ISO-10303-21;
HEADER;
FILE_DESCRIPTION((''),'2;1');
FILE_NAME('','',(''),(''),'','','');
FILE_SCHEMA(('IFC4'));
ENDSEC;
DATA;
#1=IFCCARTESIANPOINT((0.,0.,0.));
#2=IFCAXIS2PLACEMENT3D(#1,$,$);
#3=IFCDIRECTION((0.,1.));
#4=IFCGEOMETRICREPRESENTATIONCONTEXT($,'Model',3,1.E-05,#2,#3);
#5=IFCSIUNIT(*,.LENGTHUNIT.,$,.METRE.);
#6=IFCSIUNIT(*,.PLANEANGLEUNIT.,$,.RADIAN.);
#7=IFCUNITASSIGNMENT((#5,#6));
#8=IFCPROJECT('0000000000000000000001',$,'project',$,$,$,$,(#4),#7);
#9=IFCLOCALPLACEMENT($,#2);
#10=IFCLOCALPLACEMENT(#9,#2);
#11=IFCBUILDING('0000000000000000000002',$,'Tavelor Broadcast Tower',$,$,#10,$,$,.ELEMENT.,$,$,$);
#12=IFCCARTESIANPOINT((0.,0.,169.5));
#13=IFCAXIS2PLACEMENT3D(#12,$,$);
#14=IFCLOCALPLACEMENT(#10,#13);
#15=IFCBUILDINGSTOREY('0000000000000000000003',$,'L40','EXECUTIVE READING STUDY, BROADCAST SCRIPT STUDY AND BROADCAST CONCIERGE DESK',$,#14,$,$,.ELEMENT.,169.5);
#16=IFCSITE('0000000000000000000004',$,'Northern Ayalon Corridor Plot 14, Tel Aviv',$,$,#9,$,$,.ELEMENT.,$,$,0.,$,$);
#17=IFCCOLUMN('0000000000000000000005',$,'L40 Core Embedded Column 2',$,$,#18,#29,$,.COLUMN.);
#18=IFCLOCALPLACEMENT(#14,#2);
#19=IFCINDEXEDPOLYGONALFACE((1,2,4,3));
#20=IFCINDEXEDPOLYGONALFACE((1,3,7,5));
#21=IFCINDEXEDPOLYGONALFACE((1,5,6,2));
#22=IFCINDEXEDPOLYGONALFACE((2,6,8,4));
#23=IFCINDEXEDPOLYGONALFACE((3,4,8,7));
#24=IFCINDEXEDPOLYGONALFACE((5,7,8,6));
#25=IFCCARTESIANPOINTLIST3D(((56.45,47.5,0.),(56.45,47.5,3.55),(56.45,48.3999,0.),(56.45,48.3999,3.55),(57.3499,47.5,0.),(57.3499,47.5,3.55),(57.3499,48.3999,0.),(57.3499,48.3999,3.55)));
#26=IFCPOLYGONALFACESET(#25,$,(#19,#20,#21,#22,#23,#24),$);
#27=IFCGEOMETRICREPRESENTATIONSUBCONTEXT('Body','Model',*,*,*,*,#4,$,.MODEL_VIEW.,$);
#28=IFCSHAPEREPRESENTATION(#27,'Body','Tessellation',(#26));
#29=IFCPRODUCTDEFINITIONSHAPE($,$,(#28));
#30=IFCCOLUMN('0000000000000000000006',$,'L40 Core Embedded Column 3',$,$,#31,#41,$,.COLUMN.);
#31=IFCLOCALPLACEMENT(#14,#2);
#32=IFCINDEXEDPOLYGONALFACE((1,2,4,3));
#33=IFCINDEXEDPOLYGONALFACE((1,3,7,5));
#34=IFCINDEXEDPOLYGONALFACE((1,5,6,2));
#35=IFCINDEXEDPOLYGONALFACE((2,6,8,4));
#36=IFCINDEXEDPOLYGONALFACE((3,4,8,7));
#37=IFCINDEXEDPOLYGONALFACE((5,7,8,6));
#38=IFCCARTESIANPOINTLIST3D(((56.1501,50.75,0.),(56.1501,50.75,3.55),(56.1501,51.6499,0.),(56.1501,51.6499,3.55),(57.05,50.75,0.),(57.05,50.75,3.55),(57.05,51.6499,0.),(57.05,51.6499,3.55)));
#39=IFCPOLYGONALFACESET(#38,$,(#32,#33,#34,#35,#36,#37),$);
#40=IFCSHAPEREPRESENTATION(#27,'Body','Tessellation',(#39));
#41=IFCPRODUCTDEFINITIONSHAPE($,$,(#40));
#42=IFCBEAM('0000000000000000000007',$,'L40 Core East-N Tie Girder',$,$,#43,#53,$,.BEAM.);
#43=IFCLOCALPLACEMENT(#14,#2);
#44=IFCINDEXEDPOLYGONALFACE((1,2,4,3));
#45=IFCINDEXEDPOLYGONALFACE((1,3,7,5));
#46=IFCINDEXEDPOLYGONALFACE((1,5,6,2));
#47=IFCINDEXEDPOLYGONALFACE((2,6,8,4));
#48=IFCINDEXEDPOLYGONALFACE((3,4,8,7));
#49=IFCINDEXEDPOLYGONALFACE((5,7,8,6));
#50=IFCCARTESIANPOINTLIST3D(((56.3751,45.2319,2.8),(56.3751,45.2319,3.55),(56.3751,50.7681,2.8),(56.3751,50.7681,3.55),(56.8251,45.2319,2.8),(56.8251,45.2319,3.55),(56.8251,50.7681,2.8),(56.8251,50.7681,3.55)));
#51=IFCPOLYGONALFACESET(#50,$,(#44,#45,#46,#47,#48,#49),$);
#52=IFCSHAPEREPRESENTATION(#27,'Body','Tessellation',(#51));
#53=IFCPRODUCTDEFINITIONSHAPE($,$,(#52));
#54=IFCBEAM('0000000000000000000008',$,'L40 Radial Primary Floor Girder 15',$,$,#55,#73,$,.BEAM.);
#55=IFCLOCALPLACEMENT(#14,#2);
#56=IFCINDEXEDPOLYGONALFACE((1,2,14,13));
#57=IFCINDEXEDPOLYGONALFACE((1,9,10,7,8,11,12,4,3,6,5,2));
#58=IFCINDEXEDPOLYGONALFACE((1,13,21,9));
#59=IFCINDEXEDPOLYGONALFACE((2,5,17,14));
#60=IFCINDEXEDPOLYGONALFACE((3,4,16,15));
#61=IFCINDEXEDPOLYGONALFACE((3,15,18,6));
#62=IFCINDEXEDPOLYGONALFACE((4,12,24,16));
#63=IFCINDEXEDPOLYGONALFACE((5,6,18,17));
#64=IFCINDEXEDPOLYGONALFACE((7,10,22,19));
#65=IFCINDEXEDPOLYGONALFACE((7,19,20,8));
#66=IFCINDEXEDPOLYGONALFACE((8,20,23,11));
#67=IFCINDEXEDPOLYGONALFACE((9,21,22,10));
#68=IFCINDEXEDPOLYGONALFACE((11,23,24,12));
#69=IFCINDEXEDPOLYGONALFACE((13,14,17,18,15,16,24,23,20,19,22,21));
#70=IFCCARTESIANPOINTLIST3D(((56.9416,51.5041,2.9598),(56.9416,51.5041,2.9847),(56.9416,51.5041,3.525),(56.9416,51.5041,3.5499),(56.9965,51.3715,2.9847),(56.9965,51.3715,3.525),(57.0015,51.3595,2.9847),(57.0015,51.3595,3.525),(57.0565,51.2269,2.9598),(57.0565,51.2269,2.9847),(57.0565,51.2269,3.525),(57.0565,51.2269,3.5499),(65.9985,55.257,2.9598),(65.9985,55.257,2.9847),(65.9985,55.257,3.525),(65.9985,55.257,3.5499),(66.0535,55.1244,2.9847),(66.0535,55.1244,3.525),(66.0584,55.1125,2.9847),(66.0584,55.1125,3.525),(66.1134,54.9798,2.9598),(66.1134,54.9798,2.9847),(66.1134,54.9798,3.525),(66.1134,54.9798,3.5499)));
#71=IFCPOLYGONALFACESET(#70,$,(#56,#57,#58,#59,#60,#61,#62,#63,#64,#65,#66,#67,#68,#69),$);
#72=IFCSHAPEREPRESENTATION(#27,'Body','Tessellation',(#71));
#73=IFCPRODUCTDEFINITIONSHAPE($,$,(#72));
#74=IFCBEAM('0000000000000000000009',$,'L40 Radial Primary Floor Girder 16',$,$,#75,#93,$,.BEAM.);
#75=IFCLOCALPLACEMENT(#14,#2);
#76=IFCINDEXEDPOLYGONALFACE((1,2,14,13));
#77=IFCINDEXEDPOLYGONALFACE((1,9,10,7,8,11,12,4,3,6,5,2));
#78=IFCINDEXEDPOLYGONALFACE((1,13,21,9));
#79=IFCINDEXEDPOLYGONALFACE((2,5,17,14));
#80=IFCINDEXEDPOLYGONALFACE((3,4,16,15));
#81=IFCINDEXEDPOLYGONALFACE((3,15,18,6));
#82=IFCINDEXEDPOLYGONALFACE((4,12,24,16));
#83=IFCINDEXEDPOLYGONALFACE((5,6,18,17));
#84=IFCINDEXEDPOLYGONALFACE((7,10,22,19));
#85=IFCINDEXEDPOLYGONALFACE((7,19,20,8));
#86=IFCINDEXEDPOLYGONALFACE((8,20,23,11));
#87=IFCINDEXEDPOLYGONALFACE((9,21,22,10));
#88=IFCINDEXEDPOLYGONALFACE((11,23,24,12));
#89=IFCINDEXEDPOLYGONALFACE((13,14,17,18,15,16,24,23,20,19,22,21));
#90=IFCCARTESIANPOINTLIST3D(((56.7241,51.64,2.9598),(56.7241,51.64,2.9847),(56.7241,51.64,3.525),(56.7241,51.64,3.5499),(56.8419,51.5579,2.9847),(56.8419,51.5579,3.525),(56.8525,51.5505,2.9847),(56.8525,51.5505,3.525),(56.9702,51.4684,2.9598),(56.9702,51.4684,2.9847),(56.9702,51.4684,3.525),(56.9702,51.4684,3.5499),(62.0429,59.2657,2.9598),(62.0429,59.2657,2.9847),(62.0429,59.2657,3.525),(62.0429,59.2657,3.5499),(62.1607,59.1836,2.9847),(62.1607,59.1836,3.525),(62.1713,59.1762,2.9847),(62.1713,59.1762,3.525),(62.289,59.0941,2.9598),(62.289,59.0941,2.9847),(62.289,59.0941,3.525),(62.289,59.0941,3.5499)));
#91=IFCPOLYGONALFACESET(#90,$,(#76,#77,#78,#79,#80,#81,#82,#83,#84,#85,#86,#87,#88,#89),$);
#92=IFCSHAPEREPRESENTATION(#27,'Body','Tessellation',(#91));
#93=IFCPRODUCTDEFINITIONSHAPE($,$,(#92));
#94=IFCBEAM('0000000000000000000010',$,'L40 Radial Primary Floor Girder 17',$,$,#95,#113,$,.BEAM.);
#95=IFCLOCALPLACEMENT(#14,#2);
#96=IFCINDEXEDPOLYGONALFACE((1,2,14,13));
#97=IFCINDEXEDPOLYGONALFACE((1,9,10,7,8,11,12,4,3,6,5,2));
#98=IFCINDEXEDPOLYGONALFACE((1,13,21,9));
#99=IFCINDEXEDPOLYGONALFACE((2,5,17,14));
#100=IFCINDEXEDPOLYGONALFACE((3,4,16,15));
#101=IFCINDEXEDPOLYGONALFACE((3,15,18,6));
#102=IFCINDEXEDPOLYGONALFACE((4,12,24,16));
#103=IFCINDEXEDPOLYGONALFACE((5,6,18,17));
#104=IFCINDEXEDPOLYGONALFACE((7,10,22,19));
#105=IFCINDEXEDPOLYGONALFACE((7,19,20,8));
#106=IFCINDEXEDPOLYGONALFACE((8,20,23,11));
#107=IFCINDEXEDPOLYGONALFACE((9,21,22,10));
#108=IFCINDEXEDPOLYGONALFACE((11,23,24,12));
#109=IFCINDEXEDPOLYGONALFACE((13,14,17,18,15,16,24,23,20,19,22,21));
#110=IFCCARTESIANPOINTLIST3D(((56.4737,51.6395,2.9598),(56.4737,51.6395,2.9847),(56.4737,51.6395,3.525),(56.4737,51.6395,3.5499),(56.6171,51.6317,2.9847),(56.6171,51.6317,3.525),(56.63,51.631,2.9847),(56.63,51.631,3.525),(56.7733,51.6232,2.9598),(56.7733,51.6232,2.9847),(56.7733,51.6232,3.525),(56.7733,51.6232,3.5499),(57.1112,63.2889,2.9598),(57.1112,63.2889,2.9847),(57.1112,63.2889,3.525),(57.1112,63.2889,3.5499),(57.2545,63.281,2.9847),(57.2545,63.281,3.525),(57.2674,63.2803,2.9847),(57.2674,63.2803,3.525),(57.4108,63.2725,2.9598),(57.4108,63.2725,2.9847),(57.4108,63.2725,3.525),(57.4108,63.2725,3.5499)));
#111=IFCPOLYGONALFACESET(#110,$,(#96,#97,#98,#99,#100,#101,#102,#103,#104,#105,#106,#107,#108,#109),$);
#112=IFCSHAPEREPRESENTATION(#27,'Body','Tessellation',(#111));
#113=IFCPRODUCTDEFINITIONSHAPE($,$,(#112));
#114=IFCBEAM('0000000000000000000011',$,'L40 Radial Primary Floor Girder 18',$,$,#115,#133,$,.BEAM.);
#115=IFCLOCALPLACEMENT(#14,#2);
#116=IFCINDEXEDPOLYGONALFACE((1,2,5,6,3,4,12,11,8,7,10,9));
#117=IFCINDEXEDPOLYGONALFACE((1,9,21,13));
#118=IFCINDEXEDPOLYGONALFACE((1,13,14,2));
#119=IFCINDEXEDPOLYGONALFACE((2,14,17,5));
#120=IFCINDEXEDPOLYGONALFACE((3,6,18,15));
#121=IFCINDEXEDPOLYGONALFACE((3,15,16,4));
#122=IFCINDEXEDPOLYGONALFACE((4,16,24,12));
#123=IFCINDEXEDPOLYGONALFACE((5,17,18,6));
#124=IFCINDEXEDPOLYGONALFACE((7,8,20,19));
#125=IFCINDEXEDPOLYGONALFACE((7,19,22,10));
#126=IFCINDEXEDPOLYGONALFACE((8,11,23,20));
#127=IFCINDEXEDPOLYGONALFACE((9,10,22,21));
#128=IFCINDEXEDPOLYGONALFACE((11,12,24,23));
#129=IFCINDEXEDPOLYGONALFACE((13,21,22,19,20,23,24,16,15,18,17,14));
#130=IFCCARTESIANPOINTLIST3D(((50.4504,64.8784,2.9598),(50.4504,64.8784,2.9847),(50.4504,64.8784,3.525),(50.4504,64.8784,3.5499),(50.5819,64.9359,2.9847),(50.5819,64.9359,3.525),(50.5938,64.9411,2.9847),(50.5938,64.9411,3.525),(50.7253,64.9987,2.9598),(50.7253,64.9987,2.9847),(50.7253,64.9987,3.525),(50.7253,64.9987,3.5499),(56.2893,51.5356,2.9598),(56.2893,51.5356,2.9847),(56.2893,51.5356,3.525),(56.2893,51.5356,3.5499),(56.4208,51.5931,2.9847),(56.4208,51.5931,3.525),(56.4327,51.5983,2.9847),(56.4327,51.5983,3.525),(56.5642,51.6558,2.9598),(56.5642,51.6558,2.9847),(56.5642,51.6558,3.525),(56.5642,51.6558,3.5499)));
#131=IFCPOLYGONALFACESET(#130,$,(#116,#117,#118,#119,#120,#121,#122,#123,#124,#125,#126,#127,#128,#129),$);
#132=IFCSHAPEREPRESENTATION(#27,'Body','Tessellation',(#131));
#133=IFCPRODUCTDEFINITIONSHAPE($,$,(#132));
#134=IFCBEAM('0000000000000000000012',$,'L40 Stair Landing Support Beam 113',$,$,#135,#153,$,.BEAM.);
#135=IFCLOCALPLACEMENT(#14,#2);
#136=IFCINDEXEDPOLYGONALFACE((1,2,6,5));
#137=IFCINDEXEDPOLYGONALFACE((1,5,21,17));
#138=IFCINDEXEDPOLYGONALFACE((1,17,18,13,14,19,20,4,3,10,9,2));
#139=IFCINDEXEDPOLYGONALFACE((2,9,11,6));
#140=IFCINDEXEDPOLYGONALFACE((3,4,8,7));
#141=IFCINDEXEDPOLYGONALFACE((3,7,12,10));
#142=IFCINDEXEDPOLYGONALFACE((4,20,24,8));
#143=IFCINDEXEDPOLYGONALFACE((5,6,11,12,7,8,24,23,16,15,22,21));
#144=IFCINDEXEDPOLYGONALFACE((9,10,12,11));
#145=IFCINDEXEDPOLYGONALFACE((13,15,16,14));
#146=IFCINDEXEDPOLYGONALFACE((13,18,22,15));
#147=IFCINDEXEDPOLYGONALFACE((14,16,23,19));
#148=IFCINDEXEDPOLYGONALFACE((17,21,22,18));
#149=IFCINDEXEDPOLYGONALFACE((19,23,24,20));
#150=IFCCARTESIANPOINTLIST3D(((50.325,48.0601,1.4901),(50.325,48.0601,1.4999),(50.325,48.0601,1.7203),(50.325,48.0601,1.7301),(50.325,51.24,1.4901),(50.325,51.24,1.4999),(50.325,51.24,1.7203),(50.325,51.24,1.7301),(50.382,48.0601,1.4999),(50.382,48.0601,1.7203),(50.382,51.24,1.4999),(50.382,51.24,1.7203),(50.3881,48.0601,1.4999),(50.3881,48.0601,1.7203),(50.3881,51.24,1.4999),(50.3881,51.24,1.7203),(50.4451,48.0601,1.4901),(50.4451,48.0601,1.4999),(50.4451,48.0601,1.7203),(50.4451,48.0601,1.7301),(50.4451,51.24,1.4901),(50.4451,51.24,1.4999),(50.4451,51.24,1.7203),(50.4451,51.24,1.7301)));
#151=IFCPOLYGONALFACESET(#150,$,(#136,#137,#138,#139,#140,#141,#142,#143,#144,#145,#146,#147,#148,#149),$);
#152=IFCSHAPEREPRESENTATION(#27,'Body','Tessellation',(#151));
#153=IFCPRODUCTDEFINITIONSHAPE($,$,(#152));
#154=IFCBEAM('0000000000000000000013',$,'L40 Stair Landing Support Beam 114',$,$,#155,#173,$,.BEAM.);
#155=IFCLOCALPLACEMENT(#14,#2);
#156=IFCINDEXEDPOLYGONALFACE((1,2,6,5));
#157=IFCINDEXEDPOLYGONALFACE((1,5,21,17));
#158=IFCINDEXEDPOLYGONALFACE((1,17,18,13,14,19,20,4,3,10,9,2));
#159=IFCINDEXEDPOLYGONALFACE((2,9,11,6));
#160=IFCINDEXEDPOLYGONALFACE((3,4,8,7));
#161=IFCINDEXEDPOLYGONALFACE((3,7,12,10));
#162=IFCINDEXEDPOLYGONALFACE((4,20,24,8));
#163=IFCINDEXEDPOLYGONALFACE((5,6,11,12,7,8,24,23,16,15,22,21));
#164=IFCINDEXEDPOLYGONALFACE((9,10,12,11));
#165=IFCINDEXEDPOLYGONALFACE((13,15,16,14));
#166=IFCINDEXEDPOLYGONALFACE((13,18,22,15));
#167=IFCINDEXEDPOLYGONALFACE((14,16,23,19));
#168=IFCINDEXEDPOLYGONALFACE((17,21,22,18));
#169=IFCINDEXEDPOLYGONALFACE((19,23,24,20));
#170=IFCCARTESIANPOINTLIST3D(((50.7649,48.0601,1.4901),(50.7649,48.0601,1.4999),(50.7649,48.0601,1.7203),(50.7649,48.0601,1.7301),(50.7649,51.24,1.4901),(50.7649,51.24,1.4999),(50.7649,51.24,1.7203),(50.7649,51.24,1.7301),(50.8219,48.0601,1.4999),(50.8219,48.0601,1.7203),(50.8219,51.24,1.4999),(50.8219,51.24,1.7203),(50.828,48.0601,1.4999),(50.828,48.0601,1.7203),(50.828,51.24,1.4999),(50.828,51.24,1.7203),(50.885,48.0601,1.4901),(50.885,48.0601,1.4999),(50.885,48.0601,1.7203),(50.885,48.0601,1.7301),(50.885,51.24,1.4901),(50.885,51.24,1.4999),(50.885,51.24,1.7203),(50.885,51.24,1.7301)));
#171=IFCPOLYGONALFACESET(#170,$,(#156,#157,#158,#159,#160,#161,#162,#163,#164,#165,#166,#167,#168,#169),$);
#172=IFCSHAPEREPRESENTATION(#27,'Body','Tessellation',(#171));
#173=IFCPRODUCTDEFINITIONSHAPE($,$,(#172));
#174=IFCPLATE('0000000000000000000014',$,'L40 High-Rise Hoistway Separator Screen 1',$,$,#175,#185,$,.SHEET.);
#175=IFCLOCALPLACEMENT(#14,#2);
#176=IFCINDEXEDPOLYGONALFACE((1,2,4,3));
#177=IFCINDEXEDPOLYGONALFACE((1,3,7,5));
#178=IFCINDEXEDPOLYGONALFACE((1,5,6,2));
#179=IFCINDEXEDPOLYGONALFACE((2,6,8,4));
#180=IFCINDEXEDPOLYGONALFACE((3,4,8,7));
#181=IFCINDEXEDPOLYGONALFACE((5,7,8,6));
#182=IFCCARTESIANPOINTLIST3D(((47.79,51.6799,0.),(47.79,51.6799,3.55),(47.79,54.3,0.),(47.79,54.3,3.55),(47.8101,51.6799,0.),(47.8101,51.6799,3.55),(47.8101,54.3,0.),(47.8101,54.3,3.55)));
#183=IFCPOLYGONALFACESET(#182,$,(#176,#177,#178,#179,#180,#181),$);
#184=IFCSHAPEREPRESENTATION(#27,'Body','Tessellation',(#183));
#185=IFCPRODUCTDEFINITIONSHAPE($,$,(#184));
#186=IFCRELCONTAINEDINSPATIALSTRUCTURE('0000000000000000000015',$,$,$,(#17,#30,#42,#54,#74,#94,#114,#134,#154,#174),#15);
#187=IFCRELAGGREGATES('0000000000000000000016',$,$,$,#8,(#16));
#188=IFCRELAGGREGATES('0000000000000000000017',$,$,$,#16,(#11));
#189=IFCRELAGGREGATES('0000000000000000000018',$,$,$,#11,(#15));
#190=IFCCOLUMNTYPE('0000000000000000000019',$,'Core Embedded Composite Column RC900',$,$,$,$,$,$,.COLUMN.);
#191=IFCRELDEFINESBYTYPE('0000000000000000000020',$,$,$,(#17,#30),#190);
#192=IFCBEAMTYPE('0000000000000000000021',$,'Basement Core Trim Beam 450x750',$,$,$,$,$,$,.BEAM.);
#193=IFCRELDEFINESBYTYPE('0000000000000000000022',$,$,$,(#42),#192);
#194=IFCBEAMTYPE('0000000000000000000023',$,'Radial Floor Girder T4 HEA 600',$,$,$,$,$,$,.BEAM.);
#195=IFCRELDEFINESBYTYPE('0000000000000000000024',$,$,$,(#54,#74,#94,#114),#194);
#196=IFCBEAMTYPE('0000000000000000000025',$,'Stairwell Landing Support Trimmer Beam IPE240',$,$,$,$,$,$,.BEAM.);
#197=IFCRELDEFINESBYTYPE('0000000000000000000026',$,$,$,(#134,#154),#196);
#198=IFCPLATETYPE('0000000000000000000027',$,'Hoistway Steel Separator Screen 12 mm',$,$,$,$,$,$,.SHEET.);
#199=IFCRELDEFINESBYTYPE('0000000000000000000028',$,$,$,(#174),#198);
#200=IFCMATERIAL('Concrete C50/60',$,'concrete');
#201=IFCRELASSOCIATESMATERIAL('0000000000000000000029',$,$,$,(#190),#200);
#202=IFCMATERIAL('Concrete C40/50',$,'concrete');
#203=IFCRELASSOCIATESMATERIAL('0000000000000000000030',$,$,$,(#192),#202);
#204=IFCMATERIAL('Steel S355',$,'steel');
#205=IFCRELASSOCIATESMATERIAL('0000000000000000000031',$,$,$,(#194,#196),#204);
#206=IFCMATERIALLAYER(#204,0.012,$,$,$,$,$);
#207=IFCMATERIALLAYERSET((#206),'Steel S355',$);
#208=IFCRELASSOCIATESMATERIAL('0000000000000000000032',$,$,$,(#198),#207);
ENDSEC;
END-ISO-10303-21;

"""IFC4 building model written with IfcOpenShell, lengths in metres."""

from ifc_helpers import new_model, si_unit, direction, frame, origin, origin_2d, place, context, subcontext, project, spatial, rectangle, i_section, extrude, source, transform, mapped, material, layer, layer_set, material_profile, profile_set, type_object, type_shapes, element, save


model = new_model("IFC4")

# Units and contexts
model_context = context("Model", 3, precision=1e-05, world=origin(), true_north=direction((0.0, 1.0)))
body_context = subcontext(model_context, "Body", "Model", "MODEL_VIEW")
ifc_project = project(units=[si_unit("LENGTHUNIT", "METRE"), si_unit("PLANEANGLEUNIT", "RADIAN")], contexts=[model_context])

# Site, building, storey
site_placement = place(None, origin())
site = spatial("IfcSite", under=ifc_project, at=site_placement, Name="Northern Ayalon Corridor Plot 14, Tel Aviv", CompositionType="ELEMENT", RefElevation=0.0)
building_placement = place(site_placement, origin())
building = spatial("IfcBuilding", under=site, at=building_placement, Name="Tavelor Broadcast Tower", CompositionType="ELEMENT")
storey_placement = place(building_placement, frame((0.0, 0.0, 169.5)))
storey = spatial("IfcBuildingStorey", under=building, at=storey_placement, Name="L40", Description="EXECUTIVE READING STUDY, BROADCAST SCRIPT STUDY AND BROADCAST CONCIERGE DESK", CompositionType="ELEMENT", Elevation=169.5)

# Columns
ifc_material_1 = material(Name="Concrete C50/60", Category="concrete")
ifc_material_profile_1 = material_profile(ifc_material_1, rectangle(XDim=0.8999, YDim=0.8999, at=origin_2d()), Name="RC 900x900")
ifc_profile_set_1 = profile_set([ifc_material_profile_1], Name="Concrete C50/60")
column_type = type_object("IfcColumnType", Name="Core Embedded Composite Column RC900", PredefinedType="COLUMN", material=ifc_profile_set_1)
for number, where, z_axis, x_axis, name in (
    (1, (56.8999, 47.95, 0.0), (0.0, 0.0, 1.0), (1.0, 0.0, 0.0), "L40 Core Embedded Column 2"),
    (2, (56.6001, 51.2, 0.0), (0.0, 0.0, 1.0), (1.0, 0.0, 0.0), "L40 Core Embedded Column 3"),
):
    element("IfcColumn", number, at=place(storey_placement, frame(where, z_axis=z_axis, x_axis=x_axis)), inside=storey, type_object=column_type, Name=name, PredefinedType="COLUMN", context=body_context, shape_type="SweptSolid", body=[
        extrude(rectangle(XDim=0.8999, YDim=0.8999, at=origin_2d()), origin(), (0.0, 0.0, 1.0), 3.55),
    ])

# Beams
ifc_material_2 = material(Name="Concrete C40/50", Category="concrete")
ifc_material_profile_2 = material_profile(ifc_material_2, rectangle(XDim=0.45, YDim=0.75, at=origin_2d()), Name="RC 450x750")
ifc_profile_set_2 = profile_set([ifc_material_profile_2], Name="Concrete C40/50")
beam_type_1 = type_object("IfcBeamType", Name="Basement Core Trim Beam 450x750", PredefinedType="BEAM", material=ifc_profile_set_2)
beam_1_placement = place(storey_placement, frame((56.6001, 45.2319, 3.175), z_axis=(0.0, 1.0, 0.0), x_axis=(-1.0, 0.0, 0.0)))
element("IfcBeam", 3, at=beam_1_placement, inside=storey, type_object=beam_type_1, Name="L40 Core East-N Tie Girder", PredefinedType="BEAM", context=body_context, shape_type="SweptSolid", body=[
    extrude(rectangle(XDim=0.45, YDim=0.75, at=origin_2d()), origin(), (0.0, 0.0, 1.0), 5.5361),
])
ifc_material_3 = material(Name="Steel S355", Category="steel")
ifc_material_profile_3 = material_profile(ifc_material_3, i_section(OverallWidth=0.3, OverallDepth=0.5901, WebThickness=0.0129, FlangeThickness=0.0249, at=origin_2d()), Name="HEA 600")
ifc_profile_set_3 = profile_set([ifc_material_profile_3], Name="Steel S355")
beam_type_2 = type_object("IfcBeamType", Name="Radial Floor Girder T4 HEA 600", PredefinedType="BEAM", material=ifc_profile_set_3)
beam_2_placement = place(storey_placement, frame((56.999, 51.3655, 3.2549), z_axis=(0.923827, 0.382809, 0.0), x_axis=(-0.382809, 0.923827, 0.0)))
element("IfcBeam", 4, at=beam_2_placement, inside=storey, type_object=beam_type_2, Name="L40 Radial Primary Floor Girder 15", PredefinedType="BEAM", context=body_context, shape_type="SweptSolid", body=[
    extrude(i_section(OverallWidth=0.3, OverallDepth=0.5901, WebThickness=0.0129, FlangeThickness=0.0249, at=origin_2d()), origin(), (0.0, 0.0, 1.0), 9.8037),
])
beam_3_placement = place(storey_placement, frame((56.8472, 51.5542, 3.2549), z_axis=(0.572078, 0.820199, 0.0), x_axis=(-0.820199, 0.572078, 0.0)))
element("IfcBeam", 5, at=beam_3_placement, inside=storey, type_object=beam_type_2, Name="L40 Radial Primary Floor Girder 16", PredefinedType="BEAM", context=body_context, shape_type="SweptSolid", body=[
    extrude(i_section(OverallWidth=0.3, OverallDepth=0.5901, WebThickness=0.0129, FlangeThickness=0.0249, at=origin_2d()), origin(), (0.0, 0.0, 1.0), 9.2974),
])
beam_4_placement = place(storey_placement, frame((56.6235, 51.6313, 3.2549), z_axis=(0.054638, 0.998506, 0.0), x_axis=(-0.998506, 0.054638, 0.0)))
element("IfcBeam", 6, at=beam_4_placement, inside=storey, type_object=beam_type_2, Name="L40 Radial Primary Floor Girder 17", PredefinedType="BEAM", context=body_context, shape_type="SweptSolid", body=[
    extrude(i_section(OverallWidth=0.3, OverallDepth=0.5901, WebThickness=0.0129, FlangeThickness=0.0249, at=origin_2d()), origin(), (0.0, 0.0, 1.0), 11.6667),
])
beam_5_placement = place(storey_placement, frame((56.4268, 51.5957, 3.2549), z_axis=(-0.4009, 0.916122, 0.0), x_axis=(-0.916122, -0.4009, 0.0)))
element("IfcBeam", 7, at=beam_5_placement, inside=storey, type_object=beam_type_2, Name="L40 Radial Primary Floor Girder 18", PredefinedType="BEAM", context=body_context, shape_type="SweptSolid", body=[
    extrude(i_section(OverallWidth=0.3, OverallDepth=0.5901, WebThickness=0.0129, FlangeThickness=0.0249, at=origin_2d()), origin(), (0.0, 0.0, 1.0), 14.5645),
])
ifc_material_profile_4 = material_profile(ifc_material_3, i_section(OverallWidth=0.1201, OverallDepth=0.24, WebThickness=0.0061, FlangeThickness=0.0098, at=origin_2d()), Name="IPE 240")
ifc_profile_set_4 = profile_set([ifc_material_profile_4], Name="Steel S355")
beam_type_3 = type_object("IfcBeamType", Name="Stairwell Landing Support Trimmer Beam IPE240", PredefinedType="BEAM", material=ifc_profile_set_4)
for number, where, z_axis, x_axis, name in (
    (8, (50.385, 48.0601, 1.6101), (0.0, 1.0, 0.0), (-1.0, 0.0, 0.0), "L40 Stair Landing Support Beam 113"),
    (9, (50.825, 48.0601, 1.6101), (0.0, 1.0, 0.0), (-1.0, 0.0, 0.0), "L40 Stair Landing Support Beam 114"),
):
    element("IfcBeam", number, at=place(storey_placement, frame(where, z_axis=z_axis, x_axis=x_axis)), inside=storey, type_object=beam_type_3, Name=name, PredefinedType="BEAM", context=body_context, shape_type="SweptSolid", body=[
        extrude(i_section(OverallWidth=0.1201, OverallDepth=0.24, WebThickness=0.0061, FlangeThickness=0.0098, at=origin_2d()), origin(), (0.0, 0.0, 1.0), 3.1799),
    ])

# Plate
ifc_layer_1 = layer(ifc_material_3, 0.012)
ifc_layer_set_1 = layer_set([ifc_layer_1], Name="Steel S355")
plate_type = type_object("IfcPlateType", Name="Hoistway Steel Separator Screen 12 mm", PredefinedType="SHEET", material=ifc_layer_set_1)
shared_shape = source(origin(), body_context, "Body", "SweptSolid", [
    extrude(rectangle(XDim=0.02, YDim=2.6201, at=origin_2d()), origin(), (0.0, 0.0, 1.0), 3.55),
])
type_shapes(plate_type, [shared_shape])
for number, where, z_axis, x_axis, name in (
    (10, (47.8, 52.99, 0.0), (0.0, 0.0, 1.0), (1.0, 0.0, 0.0), "L40 High-Rise Hoistway Separator Screen 1"),
):
    element("IfcPlate", number, at=place(storey_placement, frame(where, z_axis=z_axis, x_axis=x_axis)), inside=storey, type_object=plate_type, Name=name, PredefinedType="SHEET", context=body_context, shape_type="MappedRepresentation", body=[
        mapped(shared_shape, transform((0.0, 0.0, 0.0), scale=1.0)),
    ])

save(model, "model.ifc")
